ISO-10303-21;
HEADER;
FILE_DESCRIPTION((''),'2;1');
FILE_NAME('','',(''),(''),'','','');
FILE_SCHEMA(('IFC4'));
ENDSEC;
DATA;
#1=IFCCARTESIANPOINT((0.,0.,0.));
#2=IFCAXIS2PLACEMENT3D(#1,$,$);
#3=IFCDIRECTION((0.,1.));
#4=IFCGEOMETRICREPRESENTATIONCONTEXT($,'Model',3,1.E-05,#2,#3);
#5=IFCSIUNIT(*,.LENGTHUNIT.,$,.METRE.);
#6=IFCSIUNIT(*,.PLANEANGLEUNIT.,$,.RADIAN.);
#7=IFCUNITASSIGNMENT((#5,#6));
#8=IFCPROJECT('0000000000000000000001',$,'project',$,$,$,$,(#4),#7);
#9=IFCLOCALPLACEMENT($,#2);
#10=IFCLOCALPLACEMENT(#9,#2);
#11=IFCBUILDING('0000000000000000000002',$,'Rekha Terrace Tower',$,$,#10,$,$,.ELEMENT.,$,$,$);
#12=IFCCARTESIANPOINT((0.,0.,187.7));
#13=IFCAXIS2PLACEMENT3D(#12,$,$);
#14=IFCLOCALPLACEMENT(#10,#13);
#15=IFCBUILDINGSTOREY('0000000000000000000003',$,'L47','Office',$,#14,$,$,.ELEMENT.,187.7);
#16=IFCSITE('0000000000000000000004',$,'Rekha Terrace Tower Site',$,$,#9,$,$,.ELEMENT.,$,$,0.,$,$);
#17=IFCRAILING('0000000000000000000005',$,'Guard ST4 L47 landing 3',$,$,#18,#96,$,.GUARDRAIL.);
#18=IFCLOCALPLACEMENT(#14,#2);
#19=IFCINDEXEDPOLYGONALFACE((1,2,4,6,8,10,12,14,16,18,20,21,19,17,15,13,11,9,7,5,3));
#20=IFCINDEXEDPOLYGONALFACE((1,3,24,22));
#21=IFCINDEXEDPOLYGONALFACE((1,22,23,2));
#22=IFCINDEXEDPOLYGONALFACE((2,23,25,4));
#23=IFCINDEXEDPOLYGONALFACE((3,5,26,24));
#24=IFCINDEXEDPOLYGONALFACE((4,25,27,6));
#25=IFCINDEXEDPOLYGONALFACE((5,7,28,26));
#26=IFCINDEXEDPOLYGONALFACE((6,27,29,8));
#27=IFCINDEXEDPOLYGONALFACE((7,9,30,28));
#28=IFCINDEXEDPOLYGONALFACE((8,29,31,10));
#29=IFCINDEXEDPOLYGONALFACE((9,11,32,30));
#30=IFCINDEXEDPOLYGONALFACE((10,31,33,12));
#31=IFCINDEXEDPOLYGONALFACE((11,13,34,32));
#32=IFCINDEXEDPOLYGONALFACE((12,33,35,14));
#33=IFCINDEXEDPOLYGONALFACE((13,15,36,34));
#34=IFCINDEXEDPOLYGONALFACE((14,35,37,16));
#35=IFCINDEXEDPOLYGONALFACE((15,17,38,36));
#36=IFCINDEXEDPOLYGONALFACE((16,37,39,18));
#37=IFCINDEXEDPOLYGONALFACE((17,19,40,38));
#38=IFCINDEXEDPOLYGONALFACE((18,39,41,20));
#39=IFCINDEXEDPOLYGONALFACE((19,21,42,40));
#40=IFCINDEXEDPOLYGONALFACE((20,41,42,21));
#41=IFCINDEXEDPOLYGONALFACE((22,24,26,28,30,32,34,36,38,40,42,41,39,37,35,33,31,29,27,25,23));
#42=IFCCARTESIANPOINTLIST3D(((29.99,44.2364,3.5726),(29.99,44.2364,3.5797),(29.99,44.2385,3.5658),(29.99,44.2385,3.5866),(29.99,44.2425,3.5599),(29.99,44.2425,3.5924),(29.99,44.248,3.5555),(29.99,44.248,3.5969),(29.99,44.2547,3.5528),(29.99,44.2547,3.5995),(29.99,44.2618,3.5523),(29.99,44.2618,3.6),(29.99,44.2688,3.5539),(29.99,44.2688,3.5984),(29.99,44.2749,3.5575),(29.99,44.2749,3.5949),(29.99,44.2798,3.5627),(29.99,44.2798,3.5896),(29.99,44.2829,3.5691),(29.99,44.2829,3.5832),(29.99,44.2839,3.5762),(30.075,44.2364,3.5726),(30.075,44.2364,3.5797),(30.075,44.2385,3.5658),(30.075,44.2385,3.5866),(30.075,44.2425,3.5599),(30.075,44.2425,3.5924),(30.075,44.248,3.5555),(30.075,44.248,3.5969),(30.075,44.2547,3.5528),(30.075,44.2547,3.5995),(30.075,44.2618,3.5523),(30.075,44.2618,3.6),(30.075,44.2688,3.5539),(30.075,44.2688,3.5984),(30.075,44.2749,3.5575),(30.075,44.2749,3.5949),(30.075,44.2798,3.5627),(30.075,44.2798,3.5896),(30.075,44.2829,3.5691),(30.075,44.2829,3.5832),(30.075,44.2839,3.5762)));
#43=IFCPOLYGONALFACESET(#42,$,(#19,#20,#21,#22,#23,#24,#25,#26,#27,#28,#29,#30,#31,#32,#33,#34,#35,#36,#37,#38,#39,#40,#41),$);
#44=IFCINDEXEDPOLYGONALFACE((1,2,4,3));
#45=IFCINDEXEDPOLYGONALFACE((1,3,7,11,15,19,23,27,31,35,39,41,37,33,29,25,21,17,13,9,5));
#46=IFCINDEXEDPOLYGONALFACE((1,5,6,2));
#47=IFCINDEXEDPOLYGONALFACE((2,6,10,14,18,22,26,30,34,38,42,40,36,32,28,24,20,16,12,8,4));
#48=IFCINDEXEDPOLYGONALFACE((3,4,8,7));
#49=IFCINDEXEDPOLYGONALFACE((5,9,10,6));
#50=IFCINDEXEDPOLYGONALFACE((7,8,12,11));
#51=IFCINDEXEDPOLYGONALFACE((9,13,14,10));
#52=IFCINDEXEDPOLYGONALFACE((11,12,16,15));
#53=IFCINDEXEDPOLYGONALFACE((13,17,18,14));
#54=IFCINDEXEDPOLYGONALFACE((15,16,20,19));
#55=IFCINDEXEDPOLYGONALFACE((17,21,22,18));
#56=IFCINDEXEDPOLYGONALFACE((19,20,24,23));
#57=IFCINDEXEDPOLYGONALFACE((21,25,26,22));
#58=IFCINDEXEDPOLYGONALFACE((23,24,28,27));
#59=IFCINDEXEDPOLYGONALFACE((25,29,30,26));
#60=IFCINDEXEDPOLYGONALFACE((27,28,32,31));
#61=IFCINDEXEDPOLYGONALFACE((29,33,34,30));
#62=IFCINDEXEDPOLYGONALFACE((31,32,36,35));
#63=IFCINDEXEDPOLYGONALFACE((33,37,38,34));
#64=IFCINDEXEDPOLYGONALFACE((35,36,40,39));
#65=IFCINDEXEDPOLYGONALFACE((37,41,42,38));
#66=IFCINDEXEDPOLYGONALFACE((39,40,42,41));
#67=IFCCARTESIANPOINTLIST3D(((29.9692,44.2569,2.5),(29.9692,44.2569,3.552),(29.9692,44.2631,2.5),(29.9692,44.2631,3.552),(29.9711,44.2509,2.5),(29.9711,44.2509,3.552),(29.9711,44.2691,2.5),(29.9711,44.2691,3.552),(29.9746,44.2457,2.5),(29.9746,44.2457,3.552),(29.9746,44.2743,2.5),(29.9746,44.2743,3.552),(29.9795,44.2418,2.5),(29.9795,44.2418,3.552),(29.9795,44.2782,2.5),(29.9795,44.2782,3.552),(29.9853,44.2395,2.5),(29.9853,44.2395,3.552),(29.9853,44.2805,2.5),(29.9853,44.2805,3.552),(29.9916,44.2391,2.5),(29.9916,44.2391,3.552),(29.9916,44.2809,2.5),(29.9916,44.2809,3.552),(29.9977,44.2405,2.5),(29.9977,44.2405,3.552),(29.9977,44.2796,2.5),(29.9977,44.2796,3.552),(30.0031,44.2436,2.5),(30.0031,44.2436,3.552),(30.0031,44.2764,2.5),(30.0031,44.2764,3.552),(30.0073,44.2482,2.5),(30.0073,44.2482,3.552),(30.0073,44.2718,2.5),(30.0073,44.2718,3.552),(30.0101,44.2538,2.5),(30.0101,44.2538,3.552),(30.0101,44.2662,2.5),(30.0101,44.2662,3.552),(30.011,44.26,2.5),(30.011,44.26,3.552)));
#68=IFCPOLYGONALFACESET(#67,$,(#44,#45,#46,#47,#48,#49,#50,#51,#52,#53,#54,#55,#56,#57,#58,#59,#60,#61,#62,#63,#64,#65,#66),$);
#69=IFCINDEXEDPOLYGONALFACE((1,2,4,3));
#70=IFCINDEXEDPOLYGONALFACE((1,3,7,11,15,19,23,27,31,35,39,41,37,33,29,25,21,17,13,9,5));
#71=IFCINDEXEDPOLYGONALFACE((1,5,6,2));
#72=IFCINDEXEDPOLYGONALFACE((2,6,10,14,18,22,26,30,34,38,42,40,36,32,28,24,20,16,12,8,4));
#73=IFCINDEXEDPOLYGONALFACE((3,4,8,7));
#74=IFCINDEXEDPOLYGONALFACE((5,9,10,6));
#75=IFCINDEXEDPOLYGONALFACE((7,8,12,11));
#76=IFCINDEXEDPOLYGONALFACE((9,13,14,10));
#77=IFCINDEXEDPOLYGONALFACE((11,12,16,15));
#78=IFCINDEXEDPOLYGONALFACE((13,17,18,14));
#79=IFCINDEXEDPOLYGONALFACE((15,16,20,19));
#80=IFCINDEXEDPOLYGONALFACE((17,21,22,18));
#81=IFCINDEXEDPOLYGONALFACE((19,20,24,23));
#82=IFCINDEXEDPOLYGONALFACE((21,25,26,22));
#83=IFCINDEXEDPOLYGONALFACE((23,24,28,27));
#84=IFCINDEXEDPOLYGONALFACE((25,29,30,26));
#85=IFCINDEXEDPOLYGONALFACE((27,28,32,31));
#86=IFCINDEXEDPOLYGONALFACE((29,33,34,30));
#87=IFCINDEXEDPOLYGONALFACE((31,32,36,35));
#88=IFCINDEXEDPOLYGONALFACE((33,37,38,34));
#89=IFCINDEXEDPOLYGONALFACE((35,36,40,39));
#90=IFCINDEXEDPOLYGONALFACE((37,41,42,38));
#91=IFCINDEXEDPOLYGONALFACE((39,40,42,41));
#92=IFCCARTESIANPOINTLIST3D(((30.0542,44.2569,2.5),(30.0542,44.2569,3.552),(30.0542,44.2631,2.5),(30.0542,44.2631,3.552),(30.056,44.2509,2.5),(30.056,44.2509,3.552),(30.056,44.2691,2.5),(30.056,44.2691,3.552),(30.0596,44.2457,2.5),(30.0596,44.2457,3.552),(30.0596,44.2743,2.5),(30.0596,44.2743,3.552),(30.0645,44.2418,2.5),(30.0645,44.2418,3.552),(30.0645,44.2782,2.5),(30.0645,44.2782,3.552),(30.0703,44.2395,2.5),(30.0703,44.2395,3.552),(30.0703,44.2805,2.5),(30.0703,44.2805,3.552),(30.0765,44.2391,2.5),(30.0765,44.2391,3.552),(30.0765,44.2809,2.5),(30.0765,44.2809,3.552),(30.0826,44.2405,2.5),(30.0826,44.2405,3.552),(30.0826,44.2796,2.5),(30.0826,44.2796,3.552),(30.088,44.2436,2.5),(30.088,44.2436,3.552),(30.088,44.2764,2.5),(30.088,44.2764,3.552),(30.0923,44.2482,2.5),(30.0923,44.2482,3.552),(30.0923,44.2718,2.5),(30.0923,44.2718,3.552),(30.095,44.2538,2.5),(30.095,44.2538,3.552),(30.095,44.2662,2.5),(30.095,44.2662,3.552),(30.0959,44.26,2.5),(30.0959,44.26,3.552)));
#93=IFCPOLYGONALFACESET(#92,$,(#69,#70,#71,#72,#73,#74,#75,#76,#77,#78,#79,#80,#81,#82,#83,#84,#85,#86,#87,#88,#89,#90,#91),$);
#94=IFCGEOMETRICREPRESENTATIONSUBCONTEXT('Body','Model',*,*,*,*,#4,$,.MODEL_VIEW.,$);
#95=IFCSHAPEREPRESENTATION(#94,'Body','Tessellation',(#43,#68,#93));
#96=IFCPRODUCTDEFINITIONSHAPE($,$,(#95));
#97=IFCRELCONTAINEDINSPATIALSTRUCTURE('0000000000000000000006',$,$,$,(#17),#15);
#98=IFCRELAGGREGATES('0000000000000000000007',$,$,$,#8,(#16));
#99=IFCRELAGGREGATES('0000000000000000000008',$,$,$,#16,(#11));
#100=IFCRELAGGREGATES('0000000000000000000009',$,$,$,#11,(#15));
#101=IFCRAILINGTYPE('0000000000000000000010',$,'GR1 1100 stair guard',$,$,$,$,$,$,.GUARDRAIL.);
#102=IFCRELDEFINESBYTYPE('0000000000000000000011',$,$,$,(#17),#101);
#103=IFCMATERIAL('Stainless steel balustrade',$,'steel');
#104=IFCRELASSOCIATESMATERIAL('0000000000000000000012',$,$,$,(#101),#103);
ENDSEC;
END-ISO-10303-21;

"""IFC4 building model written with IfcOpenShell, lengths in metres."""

from ifc_helpers import new_model, si_unit, direction, frame, origin, origin_2d, place, context, subcontext, project, spatial, circle, extrude, material, type_object, element, save


model = new_model("IFC4")

# Units and contexts
model_context = context("Model", 3, precision=1e-05, world=origin(), true_north=direction((0.0, 1.0)))
body_context = subcontext(model_context, "Body", "Model", "MODEL_VIEW")
ifc_project = project(units=[si_unit("LENGTHUNIT", "METRE"), si_unit("PLANEANGLEUNIT", "RADIAN")], contexts=[model_context])

# Site, building, storey
site_placement = place(None, origin())
site = spatial("IfcSite", under=ifc_project, at=site_placement, Name="Rekha Terrace Tower Site", CompositionType="ELEMENT", RefElevation=0.0)
building_placement = place(site_placement, origin())
building = spatial("IfcBuilding", under=site, at=building_placement, Name="Rekha Terrace Tower", CompositionType="ELEMENT")
storey_placement = place(building_placement, frame((0.0, 0.0, 187.7)))
storey = spatial("IfcBuildingStorey", under=building, at=storey_placement, Name="L47", Description="Office", CompositionType="ELEMENT", Elevation=187.7)

# Railing
ifc_material_1 = material(Name="Stainless steel balustrade", Category="steel")
railing_type_1 = type_object("IfcRailingType", Name="GR1 1100 stair guard", PredefinedType="GUARDRAIL", material=ifc_material_1)
railing_1_placement = place(storey_placement, frame((29.99, 44.26, 2.5)))
element("IfcRailing", 1, at=railing_1_placement, inside=storey, type_object=railing_type_1, Name="Guard ST4 L47 landing 3", PredefinedType="GUARDRAIL", context=body_context, shape_type="SweptSolid", body=[
    extrude(circle(Radius=0.0239, at=origin_2d()), frame((0.0, 0.0, 1.0762), z_axis=(1.0, 0.0, 0.0), x_axis=(0.0, 1.0, 0.0)), (0.0, 0.0, 1.0), 0.085),
    extrude(circle(Radius=0.021, at=origin_2d()), origin(), (0.0, 0.0, 1.0), 1.052),
    extrude(circle(Radius=0.021, at=origin_2d()), frame((0.085, 0.0, 0.0)), (0.0, 0.0, 1.0), 1.052),
])

save(model, "model.ifc")
